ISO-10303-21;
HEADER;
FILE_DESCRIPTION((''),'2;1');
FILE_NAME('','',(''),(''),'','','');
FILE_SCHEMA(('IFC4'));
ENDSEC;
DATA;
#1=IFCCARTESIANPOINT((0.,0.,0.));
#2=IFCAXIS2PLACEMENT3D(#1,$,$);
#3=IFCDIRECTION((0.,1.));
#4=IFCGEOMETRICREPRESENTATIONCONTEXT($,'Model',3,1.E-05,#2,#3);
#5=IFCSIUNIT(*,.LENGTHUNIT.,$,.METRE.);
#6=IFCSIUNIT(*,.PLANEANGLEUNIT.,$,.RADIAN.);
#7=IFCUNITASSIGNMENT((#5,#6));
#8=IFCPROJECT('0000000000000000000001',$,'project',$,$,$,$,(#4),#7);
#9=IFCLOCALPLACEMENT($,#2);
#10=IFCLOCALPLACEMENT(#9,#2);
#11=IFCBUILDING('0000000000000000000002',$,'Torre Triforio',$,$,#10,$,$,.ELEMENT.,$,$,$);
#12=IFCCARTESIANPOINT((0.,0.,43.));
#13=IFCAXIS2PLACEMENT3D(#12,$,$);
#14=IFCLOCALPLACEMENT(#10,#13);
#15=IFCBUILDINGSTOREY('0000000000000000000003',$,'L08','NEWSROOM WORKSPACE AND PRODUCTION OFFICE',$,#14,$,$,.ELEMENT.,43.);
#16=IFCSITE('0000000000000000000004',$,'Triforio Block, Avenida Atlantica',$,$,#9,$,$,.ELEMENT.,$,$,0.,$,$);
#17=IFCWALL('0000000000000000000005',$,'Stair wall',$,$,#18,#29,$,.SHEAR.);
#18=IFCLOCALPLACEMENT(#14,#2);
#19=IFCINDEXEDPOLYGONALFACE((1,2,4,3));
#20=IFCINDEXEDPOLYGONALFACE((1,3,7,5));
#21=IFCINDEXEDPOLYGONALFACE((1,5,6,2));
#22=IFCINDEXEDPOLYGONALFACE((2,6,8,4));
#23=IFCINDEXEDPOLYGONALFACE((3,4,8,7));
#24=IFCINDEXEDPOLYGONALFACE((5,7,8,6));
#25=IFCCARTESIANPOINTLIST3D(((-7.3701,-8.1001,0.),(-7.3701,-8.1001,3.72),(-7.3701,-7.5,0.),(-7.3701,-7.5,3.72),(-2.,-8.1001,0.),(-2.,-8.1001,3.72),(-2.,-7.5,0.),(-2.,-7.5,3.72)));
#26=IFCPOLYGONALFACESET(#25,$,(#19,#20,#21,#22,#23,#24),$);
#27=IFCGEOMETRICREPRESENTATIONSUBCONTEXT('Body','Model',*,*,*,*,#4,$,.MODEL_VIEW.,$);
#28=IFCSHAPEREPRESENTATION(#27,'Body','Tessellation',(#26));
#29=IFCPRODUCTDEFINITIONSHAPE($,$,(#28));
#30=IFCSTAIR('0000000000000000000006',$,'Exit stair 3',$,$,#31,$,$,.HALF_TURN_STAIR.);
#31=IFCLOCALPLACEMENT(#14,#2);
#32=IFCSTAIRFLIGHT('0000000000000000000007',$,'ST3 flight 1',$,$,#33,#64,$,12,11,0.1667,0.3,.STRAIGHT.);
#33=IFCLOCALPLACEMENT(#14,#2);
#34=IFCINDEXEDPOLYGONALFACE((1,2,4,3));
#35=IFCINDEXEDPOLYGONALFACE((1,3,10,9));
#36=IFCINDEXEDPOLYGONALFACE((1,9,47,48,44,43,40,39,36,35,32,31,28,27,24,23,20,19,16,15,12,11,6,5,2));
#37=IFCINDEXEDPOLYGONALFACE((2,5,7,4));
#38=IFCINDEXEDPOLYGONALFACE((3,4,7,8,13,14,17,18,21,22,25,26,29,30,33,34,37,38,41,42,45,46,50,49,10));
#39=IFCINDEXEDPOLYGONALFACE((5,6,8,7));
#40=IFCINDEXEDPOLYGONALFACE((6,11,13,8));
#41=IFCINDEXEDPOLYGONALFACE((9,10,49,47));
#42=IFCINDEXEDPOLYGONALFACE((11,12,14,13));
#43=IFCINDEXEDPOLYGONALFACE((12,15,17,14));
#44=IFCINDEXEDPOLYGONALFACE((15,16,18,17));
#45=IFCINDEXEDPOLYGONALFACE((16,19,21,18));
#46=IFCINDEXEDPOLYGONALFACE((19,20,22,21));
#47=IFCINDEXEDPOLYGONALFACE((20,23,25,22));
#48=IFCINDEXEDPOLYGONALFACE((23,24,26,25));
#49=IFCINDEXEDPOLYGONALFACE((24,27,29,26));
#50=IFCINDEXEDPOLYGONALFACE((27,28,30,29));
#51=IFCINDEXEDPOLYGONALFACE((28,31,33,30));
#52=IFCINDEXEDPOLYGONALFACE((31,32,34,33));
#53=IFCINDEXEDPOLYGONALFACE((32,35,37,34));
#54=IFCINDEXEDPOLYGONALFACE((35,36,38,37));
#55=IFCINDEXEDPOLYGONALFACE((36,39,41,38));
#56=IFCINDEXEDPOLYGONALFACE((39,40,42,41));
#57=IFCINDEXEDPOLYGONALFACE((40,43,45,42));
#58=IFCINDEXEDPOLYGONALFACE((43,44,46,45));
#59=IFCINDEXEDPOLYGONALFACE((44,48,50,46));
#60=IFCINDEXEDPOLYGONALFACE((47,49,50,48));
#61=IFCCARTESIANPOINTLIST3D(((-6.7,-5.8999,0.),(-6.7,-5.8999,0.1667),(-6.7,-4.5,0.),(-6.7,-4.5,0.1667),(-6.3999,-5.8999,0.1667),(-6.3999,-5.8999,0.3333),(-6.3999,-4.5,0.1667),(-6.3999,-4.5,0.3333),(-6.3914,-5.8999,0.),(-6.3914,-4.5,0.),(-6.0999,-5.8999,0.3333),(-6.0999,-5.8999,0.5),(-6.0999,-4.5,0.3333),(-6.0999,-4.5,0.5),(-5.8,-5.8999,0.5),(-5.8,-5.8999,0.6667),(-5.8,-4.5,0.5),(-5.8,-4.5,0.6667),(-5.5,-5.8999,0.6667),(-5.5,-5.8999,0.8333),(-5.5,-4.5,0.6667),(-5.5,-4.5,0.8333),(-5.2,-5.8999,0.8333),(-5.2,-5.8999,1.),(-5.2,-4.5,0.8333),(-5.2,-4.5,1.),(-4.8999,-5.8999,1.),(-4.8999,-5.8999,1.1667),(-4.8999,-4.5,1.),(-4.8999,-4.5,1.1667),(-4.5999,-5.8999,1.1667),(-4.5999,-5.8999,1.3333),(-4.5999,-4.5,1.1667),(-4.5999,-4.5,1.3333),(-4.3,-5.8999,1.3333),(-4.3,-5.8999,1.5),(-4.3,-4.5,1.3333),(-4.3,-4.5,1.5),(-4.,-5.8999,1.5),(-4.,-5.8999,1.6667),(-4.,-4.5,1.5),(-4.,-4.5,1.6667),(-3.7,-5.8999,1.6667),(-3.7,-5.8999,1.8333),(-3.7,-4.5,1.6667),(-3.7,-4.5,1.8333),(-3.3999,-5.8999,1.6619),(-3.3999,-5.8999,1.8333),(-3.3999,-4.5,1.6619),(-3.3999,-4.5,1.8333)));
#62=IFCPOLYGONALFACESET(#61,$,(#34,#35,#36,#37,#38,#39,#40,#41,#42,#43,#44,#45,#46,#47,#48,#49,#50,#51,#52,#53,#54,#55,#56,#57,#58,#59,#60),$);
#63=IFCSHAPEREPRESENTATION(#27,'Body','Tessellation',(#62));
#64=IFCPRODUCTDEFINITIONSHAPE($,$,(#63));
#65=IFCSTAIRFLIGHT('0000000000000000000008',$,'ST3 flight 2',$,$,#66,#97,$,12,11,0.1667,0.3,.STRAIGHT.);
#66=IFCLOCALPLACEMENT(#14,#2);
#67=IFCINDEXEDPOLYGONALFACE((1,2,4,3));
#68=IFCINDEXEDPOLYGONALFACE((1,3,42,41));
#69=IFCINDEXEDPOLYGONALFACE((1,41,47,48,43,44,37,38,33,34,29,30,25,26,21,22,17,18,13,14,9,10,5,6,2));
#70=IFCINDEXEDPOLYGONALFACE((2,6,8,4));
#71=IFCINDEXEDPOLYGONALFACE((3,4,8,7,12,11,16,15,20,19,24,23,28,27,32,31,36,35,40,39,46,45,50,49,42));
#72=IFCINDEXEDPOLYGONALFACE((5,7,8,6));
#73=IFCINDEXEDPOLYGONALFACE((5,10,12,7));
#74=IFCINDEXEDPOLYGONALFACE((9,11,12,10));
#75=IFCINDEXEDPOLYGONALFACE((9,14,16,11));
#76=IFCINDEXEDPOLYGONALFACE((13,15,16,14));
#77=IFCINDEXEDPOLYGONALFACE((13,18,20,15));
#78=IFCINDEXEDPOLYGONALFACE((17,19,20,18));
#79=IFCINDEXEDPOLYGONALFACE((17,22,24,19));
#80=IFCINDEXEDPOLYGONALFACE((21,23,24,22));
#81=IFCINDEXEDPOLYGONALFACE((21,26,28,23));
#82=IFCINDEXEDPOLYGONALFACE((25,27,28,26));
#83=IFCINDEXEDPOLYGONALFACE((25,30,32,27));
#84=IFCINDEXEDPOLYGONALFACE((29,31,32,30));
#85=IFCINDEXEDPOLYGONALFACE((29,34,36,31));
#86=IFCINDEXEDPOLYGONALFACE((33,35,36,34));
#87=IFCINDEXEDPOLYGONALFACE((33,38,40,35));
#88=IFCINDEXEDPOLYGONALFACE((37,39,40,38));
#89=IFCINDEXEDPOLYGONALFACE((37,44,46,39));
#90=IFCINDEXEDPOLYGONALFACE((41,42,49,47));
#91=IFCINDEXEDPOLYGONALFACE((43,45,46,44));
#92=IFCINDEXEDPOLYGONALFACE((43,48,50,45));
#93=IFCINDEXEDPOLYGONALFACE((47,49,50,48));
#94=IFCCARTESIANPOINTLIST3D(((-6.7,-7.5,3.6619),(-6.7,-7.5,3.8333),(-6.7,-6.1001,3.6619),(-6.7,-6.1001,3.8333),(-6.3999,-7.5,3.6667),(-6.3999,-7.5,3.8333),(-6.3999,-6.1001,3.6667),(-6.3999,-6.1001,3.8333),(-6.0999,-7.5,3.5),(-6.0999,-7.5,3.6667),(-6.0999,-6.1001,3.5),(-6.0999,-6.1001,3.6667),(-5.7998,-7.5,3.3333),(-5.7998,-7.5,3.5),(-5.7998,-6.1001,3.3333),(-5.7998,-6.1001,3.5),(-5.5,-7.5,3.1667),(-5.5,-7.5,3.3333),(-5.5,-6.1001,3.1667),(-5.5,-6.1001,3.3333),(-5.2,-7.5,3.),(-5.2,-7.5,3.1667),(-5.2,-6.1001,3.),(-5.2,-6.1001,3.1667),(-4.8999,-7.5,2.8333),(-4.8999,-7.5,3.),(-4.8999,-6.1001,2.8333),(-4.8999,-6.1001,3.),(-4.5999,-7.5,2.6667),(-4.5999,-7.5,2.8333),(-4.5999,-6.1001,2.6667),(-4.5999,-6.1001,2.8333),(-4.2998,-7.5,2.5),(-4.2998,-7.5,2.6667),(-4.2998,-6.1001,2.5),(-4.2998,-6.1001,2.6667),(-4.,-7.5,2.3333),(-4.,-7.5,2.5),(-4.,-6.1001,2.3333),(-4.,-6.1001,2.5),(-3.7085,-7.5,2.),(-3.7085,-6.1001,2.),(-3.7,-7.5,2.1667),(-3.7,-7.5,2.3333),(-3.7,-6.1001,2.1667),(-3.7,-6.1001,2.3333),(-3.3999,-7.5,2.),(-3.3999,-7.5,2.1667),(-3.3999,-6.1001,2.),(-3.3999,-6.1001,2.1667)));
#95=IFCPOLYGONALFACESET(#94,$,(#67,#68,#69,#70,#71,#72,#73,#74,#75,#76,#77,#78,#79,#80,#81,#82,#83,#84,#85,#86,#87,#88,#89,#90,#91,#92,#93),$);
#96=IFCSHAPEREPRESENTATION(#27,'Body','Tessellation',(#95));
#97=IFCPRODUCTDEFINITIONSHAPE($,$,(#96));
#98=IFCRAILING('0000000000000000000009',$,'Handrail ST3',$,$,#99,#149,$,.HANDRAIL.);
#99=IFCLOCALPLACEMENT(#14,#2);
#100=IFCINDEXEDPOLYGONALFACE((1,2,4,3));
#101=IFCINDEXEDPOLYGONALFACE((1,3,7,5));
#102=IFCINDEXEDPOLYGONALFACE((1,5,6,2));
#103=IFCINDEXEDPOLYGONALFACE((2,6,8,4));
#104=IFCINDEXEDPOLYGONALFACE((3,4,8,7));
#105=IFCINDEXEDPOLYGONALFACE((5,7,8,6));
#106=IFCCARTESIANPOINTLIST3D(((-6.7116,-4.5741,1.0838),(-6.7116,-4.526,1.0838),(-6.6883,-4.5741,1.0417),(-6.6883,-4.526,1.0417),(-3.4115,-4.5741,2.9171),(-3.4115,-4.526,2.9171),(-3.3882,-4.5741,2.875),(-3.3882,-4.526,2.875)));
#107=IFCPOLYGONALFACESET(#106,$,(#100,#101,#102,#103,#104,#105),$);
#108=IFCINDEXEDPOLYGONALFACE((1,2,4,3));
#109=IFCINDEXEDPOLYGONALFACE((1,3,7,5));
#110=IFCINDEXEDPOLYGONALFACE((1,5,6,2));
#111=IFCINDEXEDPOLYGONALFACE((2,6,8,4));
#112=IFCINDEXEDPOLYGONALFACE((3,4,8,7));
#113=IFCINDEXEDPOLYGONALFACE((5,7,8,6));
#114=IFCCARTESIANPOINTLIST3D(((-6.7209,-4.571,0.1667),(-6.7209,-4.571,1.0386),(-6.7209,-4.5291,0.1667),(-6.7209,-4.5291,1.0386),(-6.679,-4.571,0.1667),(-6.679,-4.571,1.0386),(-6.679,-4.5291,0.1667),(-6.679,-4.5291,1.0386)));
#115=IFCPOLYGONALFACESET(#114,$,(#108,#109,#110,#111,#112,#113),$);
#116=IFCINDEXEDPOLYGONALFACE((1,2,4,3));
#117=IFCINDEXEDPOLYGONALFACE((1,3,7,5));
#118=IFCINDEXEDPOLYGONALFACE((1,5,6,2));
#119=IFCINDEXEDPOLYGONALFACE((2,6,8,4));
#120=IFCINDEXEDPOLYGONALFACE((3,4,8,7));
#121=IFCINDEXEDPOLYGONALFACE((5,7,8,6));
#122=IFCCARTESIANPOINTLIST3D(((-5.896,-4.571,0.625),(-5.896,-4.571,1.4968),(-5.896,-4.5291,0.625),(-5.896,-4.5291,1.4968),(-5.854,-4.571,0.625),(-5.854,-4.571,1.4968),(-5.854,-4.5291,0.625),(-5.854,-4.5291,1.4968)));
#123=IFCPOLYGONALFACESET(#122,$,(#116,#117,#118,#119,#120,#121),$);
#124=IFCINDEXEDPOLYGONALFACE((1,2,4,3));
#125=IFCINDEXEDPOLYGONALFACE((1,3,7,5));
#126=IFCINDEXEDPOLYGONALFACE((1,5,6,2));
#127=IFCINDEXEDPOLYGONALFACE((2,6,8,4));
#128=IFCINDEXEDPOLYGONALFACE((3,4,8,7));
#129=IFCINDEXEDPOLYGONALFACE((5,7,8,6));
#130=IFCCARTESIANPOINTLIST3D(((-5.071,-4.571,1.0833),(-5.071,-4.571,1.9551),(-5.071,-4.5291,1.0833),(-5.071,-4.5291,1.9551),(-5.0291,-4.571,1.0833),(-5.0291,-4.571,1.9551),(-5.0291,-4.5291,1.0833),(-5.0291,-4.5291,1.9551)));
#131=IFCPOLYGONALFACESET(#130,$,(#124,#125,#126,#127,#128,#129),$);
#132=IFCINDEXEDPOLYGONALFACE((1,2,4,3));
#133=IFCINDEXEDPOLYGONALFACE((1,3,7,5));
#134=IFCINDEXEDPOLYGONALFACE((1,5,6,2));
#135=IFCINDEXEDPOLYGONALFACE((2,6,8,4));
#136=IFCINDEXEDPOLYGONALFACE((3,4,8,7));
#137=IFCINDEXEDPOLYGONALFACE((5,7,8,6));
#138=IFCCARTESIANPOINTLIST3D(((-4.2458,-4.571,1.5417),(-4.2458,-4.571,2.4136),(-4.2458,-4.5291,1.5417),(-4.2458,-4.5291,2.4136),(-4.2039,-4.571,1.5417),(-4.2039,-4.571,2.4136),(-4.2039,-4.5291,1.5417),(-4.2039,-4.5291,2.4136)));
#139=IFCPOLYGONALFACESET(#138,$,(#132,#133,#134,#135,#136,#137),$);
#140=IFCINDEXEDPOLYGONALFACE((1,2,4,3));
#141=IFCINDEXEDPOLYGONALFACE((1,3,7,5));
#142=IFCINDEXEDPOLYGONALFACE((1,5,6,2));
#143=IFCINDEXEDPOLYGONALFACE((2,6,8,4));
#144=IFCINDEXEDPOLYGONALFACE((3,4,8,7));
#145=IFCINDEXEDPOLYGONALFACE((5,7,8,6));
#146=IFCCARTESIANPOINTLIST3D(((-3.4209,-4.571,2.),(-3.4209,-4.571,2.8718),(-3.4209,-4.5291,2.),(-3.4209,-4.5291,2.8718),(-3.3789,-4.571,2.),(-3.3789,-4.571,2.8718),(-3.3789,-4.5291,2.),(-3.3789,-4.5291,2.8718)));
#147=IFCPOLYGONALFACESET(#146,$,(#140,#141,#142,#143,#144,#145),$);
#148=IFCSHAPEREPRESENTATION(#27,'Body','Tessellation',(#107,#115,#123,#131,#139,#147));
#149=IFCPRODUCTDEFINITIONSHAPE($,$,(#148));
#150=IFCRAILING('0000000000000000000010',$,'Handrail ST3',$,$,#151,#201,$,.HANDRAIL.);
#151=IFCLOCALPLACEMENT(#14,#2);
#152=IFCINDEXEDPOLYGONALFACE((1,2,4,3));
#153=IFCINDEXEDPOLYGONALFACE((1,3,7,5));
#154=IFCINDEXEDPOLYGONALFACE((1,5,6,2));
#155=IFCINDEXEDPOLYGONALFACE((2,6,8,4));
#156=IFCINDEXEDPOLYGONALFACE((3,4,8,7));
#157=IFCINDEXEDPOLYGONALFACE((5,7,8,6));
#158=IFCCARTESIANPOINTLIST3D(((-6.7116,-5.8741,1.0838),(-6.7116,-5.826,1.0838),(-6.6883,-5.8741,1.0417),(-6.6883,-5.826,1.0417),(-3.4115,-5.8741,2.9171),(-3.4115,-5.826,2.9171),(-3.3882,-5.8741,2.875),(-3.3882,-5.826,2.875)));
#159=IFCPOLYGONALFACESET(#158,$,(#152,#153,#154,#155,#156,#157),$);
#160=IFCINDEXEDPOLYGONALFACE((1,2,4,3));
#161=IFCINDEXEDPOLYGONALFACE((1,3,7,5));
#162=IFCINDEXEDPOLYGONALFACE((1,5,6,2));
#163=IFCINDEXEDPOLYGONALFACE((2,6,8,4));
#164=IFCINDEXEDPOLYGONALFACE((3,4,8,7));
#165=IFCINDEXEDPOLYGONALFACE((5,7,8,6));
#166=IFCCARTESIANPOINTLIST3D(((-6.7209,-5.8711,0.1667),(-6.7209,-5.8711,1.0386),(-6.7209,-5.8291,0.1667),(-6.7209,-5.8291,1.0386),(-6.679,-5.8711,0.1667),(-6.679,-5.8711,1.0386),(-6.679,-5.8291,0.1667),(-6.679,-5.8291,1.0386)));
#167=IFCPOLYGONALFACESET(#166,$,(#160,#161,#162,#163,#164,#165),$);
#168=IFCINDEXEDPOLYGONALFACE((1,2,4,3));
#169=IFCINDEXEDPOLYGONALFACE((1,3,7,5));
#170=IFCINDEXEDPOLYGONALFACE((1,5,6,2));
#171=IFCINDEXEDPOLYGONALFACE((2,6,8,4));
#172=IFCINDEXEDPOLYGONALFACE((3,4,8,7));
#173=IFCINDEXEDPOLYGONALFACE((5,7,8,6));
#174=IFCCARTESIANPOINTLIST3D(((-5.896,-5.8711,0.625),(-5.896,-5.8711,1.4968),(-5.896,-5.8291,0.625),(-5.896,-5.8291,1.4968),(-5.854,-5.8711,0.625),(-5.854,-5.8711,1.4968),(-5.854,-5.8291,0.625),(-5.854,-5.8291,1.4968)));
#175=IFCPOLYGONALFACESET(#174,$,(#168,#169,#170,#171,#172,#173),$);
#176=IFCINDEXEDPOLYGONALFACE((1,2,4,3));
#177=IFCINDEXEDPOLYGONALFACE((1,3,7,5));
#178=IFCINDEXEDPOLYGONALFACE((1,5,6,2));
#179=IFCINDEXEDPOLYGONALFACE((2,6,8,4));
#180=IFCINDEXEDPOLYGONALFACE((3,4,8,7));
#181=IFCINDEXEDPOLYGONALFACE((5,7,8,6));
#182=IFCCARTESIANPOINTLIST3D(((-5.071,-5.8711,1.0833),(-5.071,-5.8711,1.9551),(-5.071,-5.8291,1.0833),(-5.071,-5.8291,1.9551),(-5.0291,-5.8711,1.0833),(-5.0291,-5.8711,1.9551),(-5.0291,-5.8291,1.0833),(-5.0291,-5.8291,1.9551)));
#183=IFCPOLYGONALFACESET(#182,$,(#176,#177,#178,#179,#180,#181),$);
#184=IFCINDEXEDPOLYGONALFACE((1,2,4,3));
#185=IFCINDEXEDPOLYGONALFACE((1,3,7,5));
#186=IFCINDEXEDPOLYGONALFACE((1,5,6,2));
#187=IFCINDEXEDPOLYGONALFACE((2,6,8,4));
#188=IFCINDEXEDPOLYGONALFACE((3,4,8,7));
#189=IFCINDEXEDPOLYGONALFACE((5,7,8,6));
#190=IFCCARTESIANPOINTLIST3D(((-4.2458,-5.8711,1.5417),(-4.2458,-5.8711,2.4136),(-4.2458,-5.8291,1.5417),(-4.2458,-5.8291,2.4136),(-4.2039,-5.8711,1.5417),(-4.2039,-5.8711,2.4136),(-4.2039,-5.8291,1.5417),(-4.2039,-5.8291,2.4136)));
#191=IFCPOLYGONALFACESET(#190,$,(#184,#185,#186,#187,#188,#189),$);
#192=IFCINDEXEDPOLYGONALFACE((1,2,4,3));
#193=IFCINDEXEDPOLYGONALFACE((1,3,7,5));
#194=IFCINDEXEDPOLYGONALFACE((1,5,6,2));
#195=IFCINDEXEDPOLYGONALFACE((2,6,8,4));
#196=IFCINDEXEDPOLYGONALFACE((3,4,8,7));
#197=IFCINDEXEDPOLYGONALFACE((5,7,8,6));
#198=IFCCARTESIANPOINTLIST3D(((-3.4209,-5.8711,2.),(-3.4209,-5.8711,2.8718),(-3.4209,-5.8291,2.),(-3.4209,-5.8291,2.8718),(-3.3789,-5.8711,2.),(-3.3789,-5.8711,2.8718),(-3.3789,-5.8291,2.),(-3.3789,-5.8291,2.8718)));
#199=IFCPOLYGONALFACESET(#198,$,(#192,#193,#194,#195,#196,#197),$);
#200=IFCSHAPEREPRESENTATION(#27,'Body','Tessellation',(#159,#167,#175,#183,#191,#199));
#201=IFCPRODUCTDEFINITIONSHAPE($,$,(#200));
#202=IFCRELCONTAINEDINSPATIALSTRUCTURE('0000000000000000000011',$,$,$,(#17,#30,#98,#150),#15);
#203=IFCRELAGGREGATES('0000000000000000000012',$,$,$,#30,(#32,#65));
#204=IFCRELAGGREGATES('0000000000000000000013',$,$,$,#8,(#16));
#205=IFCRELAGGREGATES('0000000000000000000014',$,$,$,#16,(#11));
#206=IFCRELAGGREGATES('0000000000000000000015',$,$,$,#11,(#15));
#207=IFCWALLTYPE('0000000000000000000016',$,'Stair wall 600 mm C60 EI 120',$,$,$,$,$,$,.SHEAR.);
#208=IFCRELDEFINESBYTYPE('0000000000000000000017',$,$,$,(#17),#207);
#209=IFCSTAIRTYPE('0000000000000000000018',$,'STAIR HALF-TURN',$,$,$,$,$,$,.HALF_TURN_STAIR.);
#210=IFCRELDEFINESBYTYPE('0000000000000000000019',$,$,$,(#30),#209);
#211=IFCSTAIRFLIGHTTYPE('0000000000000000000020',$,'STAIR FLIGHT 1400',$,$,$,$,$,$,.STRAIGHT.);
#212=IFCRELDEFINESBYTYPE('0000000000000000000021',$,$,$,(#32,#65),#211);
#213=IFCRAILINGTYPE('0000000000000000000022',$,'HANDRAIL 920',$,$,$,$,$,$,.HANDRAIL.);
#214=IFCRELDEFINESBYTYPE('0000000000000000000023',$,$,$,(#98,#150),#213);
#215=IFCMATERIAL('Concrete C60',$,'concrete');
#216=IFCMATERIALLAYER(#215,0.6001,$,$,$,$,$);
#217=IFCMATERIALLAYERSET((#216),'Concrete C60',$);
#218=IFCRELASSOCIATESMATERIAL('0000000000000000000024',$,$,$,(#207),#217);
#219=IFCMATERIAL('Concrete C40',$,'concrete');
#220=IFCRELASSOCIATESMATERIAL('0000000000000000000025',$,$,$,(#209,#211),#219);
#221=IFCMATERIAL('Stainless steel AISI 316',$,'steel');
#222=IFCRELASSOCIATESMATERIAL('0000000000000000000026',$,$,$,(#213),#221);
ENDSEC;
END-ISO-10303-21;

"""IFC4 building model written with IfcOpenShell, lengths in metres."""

from ifc_helpers import new_model, si_unit, direction, frame, frame_2d, origin, origin_2d, place, context, subcontext, project, spatial, polyline, rectangle, outline, extrude, material, layer, layer_set, type_object, element, aggregate, save


model = new_model("IFC4")

# Units and contexts
model_context = context("Model", 3, precision=1e-05, world=origin(), true_north=direction((0.0, 1.0)))
body_context = subcontext(model_context, "Body", "Model", "MODEL_VIEW")
ifc_project = project(units=[si_unit("LENGTHUNIT", "METRE"), si_unit("PLANEANGLEUNIT", "RADIAN")], contexts=[model_context])

# Site, building, storey
site_placement = place(None, origin())
site = spatial("IfcSite", under=ifc_project, at=site_placement, Name="Triforio Block, Avenida Atlantica", CompositionType="ELEMENT", RefElevation=0.0)
building_placement = place(site_placement, origin())
building = spatial("IfcBuilding", under=site, at=building_placement, Name="Torre Triforio", CompositionType="ELEMENT")
storey_placement = place(building_placement, frame((0.0, 0.0, 43.0)))
storey = spatial("IfcBuildingStorey", under=building, at=storey_placement, Name="L08", Description="NEWSROOM WORKSPACE AND PRODUCTION OFFICE", CompositionType="ELEMENT", Elevation=43.0)

# Shared definitions
ifc_material_1 = material(Name="Concrete C60", Category="concrete")

# Wall
ifc_layer_1 = layer(ifc_material_1, 0.6001)
ifc_layer_set_1 = layer_set([ifc_layer_1], Name="Concrete C60")
wall_type_1 = type_object("IfcWallType", Name="Stair wall 600 mm C60 EI 120", PredefinedType="SHEAR", material=ifc_layer_set_1)
wall_1_placement = place(storey_placement, frame((-7.3701, -7.8, 0.0), z_axis=(0.0, 0.0, 1.0), x_axis=(1.0, 0.0, 0.0)))
element("IfcWall", 1, at=wall_1_placement, inside=storey, type_object=wall_type_1, Name="Stair wall", PredefinedType="SHEAR", context=body_context, shape_type="SweptSolid", body=[
    extrude(rectangle(XDim=5.3701, YDim=0.6001, at=frame_2d((2.6851, 0.0))), origin(), (0.0, 0.0, 1.0), 3.72),
])

# Stair, stair flights
ifc_material_2 = material(Name="Concrete C40", Category="concrete")
stair_type = type_object("IfcStairType", Name="STAIR HALF-TURN", PredefinedType="HALF_TURN_STAIR", material=ifc_material_2)
stair_placement = place(storey_placement, origin())
stair = element("IfcStair", 2, at=stair_placement, inside=storey, type_object=stair_type, Name="Exit stair 3", PredefinedType="HALF_TURN_STAIR")
stair_flight_type = type_object("IfcStairFlightType", Name="STAIR FLIGHT 1400", PredefinedType="STRAIGHT", material=ifc_material_2)
stair_flight_1_placement = place(storey_placement, frame((-6.7, -5.2, 0.0), z_axis=(0.0, 0.0, 1.0), x_axis=(1.0, 0.0, 0.0)))
stair_flight_1 = element("IfcStairFlight", 3, at=stair_flight_1_placement, type_object=stair_flight_type, Name="ST3 flight 1", NumberOfRisers=12, NumberOfTreads=11, PredefinedType="STRAIGHT", RiserHeight=0.1667, TreadLength=0.3, context=body_context, shape_type="SweptSolid", body=[
    extrude(outline(polyline([(0.0, 0.0), (0.0, 0.1667), (0.3, 0.1667), (0.3, 0.3333), (0.6001, 0.3333), (0.6001, 0.5), (0.8999, 0.5), (0.8999, 0.6667), (1.2, 0.6667), (1.2, 0.8333), (1.5, 0.8333), (1.5, 1.0), (1.8, 1.0), (1.8, 1.1667), (2.1001, 1.1667), (2.1001, 1.3333), (2.3999, 1.3333), (2.3999, 1.5), (2.7, 1.5), (2.7, 1.6667), (3.0, 1.6667), (3.0, 1.8333), (3.3, 1.8333), (3.3, 2.0), (3.3, 1.6619), (0.3086, 0.0), (0.0, 0.0)])), frame((0.0, 0.7, 0.0), z_axis=(0.0, -1.0, 0.0), x_axis=(1.0, 0.0, 0.0)), (0.0, 0.0, 1.0), 1.3999),
])
stair_flight_2_placement = place(storey_placement, frame((-3.3999, -6.8, 2.0), z_axis=(0.0, 0.0, 1.0), x_axis=(-1.0, 0.0, 0.0)))
stair_flight_2 = element("IfcStairFlight", 4, at=stair_flight_2_placement, type_object=stair_flight_type, Name="ST3 flight 2", NumberOfRisers=12, NumberOfTreads=11, PredefinedType="STRAIGHT", RiserHeight=0.1667, TreadLength=0.3, context=body_context, shape_type="SweptSolid", body=[
    extrude(outline(polyline([(0.0, 0.0), (0.0, 0.1667), (0.3, 0.1667), (0.3, 0.3333), (0.6001, 0.3333), (0.6001, 0.5), (0.8999, 0.5), (0.8999, 0.6667), (1.2, 0.6667), (1.2, 0.8333), (1.5, 0.8333), (1.5, 1.0), (1.8, 1.0), (1.8, 1.1667), (2.1001, 1.1667), (2.1001, 1.3333), (2.3999, 1.3333), (2.3999, 1.5), (2.7, 1.5), (2.7, 1.6667), (3.0, 1.6667), (3.0, 1.8333), (3.3, 1.8333), (3.3, 2.0), (3.3, 1.6619), (0.3086, 0.0), (0.0, 0.0)])), frame((0.0, 0.7, 0.0), z_axis=(0.0, -1.0, 0.0), x_axis=(1.0, 0.0, 0.0)), (0.0, 0.0, 1.0), 1.3999),
])
aggregate(stair, [stair_flight_1, stair_flight_2])

# Railings
ifc_material_3 = material(Name="Stainless steel AISI 316", Category="steel")
railing_type = type_object("IfcRailingType", Name="HANDRAIL 920", PredefinedType="HANDRAIL", material=ifc_material_3)
for number, where, name in (
    (5, (-6.7, -4.55, 0.1667), "Handrail ST3"),
    (6, (-6.7, -5.8501, 0.1667), "Handrail ST3"),
):
    element("IfcRailing", number, at=place(storey_placement, frame(where)), inside=storey, type_object=railing_type, Name=name, PredefinedType="HANDRAIL", context=body_context, shape_type="SweptSolid", body=[
        extrude(rectangle(XDim=0.0481, YDim=0.0481, at=origin_2d()), frame((0.0, 0.0, 0.896), z_axis=(0.874169, 0.0, 0.485621), x_axis=(0.0, 1.0, 0.0)), (0.0, 0.0, 1.0), 3.7751),
        extrude(rectangle(XDim=0.042, YDim=0.042, at=origin_2d()), origin(), (0.0, 0.0, 1.0), 0.8718),
        extrude(rectangle(XDim=0.042, YDim=0.042, at=origin_2d()), frame((0.825, 0.0, 0.4583)), (0.0, 0.0, 1.0), 0.8718),
        extrude(rectangle(XDim=0.042, YDim=0.042, at=origin_2d()), frame((1.6499, 0.0, 0.9165)), (0.0, 0.0, 1.0), 0.8718),
        extrude(rectangle(XDim=0.042, YDim=0.042, at=origin_2d()), frame((2.4751, 0.0, 1.375)), (0.0, 0.0, 1.0), 0.8718),
        extrude(rectangle(XDim=0.042, YDim=0.042, at=origin_2d()), frame((3.3, 0.0, 1.8333)), (0.0, 0.0, 1.0), 0.8718),
    ])

save(model, "model.ifc")
